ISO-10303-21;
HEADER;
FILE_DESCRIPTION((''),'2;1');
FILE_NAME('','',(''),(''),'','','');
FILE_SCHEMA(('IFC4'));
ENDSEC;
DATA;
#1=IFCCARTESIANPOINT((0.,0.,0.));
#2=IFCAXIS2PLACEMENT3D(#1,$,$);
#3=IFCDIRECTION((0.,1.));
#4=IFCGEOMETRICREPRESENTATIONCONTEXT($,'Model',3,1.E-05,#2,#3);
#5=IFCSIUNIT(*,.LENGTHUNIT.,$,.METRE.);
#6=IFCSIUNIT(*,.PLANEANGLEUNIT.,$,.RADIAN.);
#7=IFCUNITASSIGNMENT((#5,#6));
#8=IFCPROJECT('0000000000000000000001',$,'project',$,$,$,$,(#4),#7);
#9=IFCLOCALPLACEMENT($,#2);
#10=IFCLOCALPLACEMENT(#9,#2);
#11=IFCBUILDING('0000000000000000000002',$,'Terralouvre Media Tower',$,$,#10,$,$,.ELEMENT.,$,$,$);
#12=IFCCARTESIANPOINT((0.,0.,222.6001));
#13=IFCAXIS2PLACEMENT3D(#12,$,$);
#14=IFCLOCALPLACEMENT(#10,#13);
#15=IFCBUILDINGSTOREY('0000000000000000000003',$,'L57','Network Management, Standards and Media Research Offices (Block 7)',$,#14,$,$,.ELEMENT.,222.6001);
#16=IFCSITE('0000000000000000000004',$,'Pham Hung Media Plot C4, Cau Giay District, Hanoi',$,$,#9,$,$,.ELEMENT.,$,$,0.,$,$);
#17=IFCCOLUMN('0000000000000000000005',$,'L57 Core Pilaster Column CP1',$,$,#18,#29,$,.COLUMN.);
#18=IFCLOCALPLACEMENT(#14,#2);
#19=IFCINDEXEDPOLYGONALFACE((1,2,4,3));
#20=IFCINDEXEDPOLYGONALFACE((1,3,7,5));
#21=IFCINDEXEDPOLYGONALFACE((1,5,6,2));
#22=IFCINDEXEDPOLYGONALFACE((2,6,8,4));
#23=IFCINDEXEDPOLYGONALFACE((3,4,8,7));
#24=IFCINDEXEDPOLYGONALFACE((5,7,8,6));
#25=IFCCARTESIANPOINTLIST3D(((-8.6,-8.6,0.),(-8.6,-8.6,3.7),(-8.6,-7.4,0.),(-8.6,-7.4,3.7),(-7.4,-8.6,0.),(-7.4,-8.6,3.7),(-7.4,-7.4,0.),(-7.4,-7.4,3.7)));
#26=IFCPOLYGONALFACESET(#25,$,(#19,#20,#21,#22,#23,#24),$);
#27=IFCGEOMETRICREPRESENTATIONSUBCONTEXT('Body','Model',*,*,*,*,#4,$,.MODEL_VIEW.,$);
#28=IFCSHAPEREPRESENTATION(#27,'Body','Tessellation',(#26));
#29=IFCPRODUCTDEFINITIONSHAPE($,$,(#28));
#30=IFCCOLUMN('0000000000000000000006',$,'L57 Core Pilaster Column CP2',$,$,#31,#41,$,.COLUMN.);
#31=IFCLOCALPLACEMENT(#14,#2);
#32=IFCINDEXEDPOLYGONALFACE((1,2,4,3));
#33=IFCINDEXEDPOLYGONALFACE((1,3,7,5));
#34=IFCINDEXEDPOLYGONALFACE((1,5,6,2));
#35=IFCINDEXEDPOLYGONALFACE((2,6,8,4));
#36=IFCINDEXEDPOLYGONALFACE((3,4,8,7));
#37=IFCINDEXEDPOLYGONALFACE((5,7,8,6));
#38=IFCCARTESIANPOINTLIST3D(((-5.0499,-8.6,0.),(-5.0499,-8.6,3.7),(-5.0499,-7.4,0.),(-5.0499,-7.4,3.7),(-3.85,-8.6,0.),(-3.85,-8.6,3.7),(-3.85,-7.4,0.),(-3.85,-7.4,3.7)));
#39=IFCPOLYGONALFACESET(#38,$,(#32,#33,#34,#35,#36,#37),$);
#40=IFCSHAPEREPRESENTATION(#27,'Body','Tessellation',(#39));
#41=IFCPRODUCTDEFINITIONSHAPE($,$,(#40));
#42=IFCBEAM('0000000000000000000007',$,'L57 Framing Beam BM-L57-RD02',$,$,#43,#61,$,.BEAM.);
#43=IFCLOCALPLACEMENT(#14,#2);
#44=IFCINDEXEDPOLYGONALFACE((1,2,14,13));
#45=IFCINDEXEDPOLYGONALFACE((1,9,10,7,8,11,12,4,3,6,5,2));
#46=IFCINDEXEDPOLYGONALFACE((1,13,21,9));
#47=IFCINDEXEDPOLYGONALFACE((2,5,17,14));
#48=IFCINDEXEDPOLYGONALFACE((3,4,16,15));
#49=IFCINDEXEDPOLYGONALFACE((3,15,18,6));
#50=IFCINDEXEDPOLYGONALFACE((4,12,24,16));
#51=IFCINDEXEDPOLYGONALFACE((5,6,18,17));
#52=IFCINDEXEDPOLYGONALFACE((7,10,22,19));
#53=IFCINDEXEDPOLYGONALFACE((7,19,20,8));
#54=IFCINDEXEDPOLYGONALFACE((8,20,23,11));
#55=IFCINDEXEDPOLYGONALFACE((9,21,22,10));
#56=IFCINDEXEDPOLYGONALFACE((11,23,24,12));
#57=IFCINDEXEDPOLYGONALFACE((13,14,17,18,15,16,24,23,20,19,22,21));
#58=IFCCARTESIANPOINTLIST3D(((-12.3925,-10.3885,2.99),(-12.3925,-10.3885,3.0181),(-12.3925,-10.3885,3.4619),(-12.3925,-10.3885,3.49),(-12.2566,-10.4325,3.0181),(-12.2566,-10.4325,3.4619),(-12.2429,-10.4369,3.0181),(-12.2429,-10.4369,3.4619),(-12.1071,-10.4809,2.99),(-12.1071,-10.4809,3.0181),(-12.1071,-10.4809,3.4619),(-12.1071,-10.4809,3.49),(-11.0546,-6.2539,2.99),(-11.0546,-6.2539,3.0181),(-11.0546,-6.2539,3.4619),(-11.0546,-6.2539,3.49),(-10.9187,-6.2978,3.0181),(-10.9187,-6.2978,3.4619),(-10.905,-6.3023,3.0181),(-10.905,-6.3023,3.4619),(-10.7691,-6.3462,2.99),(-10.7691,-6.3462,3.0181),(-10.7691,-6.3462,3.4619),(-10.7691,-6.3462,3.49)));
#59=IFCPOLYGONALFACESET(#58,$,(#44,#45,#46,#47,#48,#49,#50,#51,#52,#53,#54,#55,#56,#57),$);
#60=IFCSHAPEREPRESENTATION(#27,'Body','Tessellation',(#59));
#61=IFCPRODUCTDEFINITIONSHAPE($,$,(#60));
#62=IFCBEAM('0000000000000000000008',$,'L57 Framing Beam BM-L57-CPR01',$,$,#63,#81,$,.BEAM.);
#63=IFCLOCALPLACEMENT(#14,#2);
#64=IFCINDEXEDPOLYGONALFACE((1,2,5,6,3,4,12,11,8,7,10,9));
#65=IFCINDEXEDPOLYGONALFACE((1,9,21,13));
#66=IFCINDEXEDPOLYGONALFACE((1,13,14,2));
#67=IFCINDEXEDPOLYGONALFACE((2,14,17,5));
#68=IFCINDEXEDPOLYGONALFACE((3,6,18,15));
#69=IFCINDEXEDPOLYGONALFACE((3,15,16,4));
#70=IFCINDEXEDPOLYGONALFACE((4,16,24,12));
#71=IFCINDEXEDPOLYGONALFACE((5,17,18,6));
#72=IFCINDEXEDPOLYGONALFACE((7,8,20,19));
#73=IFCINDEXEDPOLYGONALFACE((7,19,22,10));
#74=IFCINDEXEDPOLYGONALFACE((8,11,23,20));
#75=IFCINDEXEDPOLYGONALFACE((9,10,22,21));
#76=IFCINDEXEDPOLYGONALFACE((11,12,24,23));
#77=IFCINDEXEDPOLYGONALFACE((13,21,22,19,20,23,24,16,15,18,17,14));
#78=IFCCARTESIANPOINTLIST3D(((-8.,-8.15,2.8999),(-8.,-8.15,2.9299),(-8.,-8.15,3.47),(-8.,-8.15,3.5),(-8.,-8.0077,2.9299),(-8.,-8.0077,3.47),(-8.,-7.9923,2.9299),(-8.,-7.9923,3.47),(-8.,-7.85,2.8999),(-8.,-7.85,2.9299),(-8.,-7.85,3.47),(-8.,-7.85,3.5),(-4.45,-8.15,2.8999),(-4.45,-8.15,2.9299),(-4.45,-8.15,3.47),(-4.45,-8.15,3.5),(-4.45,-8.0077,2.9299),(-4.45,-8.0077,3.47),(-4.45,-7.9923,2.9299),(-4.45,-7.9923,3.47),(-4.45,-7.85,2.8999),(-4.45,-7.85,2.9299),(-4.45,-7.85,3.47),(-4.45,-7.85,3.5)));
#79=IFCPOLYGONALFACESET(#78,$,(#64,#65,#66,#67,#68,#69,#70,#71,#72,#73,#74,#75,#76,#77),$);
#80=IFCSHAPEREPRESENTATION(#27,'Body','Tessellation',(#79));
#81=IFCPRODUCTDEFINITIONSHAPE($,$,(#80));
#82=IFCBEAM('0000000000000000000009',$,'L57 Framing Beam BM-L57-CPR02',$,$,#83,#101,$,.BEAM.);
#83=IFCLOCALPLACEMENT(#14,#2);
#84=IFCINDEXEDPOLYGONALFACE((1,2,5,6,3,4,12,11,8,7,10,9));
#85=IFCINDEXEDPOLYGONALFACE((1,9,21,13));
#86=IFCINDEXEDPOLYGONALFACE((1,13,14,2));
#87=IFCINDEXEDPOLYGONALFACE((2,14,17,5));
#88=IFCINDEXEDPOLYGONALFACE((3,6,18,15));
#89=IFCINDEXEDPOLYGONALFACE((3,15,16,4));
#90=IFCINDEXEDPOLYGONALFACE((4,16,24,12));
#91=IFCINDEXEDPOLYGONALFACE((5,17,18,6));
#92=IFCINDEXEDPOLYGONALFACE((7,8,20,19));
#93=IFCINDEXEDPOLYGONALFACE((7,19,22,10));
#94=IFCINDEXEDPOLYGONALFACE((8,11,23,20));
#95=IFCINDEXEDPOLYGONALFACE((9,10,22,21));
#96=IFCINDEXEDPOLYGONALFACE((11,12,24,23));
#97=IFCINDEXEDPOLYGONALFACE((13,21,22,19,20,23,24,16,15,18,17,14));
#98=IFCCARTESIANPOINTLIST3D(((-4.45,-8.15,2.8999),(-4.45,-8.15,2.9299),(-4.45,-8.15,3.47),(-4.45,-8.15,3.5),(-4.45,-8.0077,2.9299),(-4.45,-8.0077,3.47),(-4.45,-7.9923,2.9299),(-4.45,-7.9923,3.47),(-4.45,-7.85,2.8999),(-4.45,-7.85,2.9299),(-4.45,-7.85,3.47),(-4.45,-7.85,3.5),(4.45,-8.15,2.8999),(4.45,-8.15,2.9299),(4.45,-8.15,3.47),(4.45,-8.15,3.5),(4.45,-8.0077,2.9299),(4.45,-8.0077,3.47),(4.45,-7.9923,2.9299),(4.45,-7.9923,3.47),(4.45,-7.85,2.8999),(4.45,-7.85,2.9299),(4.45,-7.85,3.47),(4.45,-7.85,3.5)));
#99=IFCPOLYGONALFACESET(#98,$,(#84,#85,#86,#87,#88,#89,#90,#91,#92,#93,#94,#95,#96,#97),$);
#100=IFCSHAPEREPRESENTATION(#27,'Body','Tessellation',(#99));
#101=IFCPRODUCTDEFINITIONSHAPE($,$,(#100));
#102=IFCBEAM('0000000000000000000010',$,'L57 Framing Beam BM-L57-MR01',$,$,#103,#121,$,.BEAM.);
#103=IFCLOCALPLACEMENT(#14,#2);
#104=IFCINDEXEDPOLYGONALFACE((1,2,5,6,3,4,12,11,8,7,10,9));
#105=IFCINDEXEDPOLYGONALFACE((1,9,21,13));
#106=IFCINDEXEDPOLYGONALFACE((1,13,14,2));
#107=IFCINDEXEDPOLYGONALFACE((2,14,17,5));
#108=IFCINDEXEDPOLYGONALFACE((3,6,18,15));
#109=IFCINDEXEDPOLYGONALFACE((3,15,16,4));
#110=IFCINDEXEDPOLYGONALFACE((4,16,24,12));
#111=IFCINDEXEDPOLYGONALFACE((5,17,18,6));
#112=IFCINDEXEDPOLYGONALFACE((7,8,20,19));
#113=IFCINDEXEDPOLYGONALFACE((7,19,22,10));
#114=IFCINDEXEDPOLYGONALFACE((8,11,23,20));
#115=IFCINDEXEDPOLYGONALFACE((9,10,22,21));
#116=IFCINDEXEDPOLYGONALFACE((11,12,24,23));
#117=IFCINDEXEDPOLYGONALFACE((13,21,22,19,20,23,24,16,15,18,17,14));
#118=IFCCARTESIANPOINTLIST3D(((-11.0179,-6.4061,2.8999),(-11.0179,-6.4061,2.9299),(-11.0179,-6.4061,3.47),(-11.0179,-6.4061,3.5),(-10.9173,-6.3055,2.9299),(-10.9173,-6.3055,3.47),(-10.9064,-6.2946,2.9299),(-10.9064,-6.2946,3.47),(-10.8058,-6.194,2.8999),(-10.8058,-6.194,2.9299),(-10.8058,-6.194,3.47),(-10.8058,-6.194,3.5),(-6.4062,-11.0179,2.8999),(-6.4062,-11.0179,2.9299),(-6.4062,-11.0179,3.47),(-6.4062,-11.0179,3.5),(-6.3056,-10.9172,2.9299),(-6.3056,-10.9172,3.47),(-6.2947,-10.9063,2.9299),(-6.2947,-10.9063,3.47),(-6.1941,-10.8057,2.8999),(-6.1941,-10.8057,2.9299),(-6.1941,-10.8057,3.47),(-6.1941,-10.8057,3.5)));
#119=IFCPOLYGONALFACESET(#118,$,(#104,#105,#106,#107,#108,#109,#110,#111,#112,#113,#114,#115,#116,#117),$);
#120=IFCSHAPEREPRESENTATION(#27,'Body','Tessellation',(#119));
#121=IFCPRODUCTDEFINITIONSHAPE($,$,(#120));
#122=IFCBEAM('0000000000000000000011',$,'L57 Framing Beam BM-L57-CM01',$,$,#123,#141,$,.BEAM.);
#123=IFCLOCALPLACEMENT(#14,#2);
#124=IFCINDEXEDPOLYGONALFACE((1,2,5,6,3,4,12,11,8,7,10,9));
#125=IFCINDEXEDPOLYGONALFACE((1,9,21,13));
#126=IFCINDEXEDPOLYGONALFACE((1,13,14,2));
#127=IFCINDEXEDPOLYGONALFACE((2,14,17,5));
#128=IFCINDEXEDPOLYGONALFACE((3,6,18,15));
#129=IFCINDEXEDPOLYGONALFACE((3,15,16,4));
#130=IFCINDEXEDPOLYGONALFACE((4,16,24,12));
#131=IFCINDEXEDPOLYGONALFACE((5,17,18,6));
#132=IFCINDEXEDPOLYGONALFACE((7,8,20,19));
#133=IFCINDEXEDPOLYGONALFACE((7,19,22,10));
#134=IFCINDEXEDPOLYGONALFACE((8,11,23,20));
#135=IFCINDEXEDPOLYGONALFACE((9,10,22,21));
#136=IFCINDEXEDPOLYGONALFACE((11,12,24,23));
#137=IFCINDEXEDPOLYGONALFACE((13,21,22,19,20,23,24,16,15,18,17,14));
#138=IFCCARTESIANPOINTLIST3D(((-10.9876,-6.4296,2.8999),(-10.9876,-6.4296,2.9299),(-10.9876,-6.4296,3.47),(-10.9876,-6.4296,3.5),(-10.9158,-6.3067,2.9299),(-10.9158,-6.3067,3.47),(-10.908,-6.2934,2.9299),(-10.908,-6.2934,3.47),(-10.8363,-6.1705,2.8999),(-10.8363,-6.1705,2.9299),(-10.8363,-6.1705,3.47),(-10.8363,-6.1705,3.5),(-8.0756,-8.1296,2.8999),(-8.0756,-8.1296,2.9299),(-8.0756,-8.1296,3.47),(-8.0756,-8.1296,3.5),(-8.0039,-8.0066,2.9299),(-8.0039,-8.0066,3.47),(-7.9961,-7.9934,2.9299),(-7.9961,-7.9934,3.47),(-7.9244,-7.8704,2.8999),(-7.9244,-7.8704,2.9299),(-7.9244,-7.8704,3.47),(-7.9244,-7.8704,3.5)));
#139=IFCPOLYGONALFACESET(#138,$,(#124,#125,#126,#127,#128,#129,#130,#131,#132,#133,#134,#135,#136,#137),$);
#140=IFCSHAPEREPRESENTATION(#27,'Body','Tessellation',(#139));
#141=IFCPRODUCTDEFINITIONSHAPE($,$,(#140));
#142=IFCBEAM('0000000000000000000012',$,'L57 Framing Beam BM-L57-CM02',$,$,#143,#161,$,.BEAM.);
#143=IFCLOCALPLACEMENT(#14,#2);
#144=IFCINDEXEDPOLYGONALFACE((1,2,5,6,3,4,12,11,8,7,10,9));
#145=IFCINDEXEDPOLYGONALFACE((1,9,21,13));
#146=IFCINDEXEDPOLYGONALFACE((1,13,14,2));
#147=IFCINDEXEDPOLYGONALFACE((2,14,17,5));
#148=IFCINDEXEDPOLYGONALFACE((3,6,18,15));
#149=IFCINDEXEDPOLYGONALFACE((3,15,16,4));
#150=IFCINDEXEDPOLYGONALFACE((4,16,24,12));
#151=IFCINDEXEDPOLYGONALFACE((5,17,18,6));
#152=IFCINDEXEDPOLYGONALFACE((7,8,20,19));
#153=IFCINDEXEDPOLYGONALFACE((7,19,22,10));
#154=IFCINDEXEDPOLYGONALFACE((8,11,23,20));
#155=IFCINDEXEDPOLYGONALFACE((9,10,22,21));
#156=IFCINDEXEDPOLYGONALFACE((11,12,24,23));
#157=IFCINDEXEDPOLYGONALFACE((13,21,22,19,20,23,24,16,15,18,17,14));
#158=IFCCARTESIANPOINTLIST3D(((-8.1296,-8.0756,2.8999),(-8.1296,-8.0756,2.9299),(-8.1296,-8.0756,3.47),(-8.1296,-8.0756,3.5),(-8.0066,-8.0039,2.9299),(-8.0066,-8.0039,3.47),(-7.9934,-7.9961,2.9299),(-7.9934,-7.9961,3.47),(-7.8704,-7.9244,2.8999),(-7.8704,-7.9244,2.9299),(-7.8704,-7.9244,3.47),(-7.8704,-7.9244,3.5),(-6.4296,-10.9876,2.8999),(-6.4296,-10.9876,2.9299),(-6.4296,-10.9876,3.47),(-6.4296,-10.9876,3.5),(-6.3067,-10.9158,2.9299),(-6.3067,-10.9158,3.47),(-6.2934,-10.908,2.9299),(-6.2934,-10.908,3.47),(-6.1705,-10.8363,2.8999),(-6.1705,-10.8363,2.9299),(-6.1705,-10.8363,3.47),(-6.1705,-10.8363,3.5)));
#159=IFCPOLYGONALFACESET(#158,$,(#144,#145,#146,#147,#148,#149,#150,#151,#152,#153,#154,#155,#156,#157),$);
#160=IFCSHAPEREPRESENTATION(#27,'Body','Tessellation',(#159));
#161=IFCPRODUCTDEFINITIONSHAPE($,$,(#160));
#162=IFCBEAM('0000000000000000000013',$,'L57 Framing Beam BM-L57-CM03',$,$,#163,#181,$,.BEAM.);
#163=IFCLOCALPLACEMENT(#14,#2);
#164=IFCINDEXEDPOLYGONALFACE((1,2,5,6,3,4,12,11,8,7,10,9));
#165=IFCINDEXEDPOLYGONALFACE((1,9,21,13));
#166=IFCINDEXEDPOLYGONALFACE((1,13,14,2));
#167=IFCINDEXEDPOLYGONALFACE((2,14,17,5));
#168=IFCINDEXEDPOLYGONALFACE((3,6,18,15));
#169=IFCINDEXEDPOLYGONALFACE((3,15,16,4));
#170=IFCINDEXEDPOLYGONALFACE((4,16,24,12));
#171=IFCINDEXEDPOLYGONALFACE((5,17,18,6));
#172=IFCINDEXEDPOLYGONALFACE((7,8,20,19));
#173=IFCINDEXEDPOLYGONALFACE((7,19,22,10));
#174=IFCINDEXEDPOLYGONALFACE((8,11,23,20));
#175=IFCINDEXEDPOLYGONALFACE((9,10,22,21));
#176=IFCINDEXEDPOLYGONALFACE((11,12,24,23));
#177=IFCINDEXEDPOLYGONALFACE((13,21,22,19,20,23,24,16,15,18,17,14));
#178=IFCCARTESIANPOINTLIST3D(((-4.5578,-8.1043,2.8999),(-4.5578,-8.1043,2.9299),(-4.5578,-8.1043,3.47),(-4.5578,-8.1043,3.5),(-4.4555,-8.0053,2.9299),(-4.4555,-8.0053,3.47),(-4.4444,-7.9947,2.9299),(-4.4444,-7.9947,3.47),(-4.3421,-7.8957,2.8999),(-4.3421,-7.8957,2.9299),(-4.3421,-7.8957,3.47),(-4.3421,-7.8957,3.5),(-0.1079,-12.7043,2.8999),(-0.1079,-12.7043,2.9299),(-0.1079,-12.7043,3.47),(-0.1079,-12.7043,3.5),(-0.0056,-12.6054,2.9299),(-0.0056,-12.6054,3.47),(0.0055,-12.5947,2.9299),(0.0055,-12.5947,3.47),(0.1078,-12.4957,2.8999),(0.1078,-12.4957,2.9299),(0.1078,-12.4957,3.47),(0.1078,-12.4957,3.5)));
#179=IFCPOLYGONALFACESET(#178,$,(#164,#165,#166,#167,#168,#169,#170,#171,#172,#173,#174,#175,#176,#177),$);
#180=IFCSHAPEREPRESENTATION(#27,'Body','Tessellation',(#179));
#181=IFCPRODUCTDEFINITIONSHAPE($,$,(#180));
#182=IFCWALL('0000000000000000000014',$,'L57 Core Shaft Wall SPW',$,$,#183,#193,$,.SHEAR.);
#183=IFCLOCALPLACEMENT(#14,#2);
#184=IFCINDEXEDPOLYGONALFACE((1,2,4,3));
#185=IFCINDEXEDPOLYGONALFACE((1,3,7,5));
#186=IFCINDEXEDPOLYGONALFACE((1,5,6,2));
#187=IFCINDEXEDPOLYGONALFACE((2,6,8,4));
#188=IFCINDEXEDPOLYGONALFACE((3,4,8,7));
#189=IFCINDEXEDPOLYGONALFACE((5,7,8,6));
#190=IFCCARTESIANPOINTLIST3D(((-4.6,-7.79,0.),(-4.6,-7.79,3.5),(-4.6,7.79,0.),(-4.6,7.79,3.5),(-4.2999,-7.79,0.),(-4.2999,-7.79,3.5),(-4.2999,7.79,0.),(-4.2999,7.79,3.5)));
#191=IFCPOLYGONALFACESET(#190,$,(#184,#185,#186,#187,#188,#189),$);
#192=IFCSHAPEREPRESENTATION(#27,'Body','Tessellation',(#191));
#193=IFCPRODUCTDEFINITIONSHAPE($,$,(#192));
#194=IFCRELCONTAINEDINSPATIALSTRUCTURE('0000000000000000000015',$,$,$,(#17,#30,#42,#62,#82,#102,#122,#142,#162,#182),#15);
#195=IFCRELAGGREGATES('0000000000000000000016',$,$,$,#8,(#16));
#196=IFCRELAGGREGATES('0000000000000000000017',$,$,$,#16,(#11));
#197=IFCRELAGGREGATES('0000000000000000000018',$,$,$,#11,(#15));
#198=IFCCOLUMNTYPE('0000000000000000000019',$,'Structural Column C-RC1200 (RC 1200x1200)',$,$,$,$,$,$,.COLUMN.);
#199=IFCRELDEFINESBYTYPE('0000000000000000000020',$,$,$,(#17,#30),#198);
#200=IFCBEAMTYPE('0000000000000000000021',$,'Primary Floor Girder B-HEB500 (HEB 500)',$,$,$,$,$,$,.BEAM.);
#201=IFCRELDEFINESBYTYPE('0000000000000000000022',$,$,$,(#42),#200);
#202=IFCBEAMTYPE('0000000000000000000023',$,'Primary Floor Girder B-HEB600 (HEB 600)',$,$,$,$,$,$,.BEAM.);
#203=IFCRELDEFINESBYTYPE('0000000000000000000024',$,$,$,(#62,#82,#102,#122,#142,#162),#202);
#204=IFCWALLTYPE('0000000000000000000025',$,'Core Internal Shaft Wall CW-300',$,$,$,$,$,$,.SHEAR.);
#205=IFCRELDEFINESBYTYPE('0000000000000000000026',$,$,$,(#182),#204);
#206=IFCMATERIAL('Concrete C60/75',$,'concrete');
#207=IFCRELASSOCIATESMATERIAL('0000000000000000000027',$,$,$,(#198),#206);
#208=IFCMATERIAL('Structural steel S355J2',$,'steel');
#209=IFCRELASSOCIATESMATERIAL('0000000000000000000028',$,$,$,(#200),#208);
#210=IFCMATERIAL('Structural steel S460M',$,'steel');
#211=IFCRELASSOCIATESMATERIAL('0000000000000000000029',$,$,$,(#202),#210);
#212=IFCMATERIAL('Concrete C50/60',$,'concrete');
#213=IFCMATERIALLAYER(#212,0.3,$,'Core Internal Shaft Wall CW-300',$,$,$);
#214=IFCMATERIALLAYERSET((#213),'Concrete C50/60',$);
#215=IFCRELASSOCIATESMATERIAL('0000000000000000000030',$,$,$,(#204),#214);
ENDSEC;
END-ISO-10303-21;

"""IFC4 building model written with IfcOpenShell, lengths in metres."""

from ifc_helpers import new_model, si_unit, direction, frame, frame_2d, origin, origin_2d, place, context, subcontext, project, spatial, rectangle, i_section, extrude, material, layer, layer_set, material_profile, profile_set, type_object, element, save


model = new_model("IFC4")

# Units and contexts
model_context = context("Model", 3, precision=1e-05, world=origin(), true_north=direction((0.0, 1.0)))
body_context = subcontext(model_context, "Body", "Model", "MODEL_VIEW")
ifc_project = project(units=[si_unit("LENGTHUNIT", "METRE"), si_unit("PLANEANGLEUNIT", "RADIAN")], contexts=[model_context])

# Site, building, storey
site_placement = place(None, origin())
site = spatial("IfcSite", under=ifc_project, at=site_placement, Name="Pham Hung Media Plot C4, Cau Giay District, Hanoi", CompositionType="ELEMENT", RefElevation=0.0)
building_placement = place(site_placement, origin())
building = spatial("IfcBuilding", under=site, at=building_placement, Name="Terralouvre Media Tower", CompositionType="ELEMENT")
storey_placement = place(building_placement, frame((0.0, 0.0, 222.6001)))
storey = spatial("IfcBuildingStorey", under=building, at=storey_placement, Name="L57", Description="Network Management, Standards and Media Research Offices (Block 7)", CompositionType="ELEMENT", Elevation=222.6001)

# Columns
ifc_material_1 = material(Name="Concrete C60/75", Category="concrete")
ifc_material_profile_1 = material_profile(ifc_material_1, rectangle(XDim=1.2, YDim=1.2, at=origin_2d()), Name="RC 1200x1200")
ifc_profile_set_1 = profile_set([ifc_material_profile_1], Name="Concrete C60/75")
column_type = type_object("IfcColumnType", Name="Structural Column C-RC1200 (RC 1200x1200)", PredefinedType="COLUMN", material=ifc_profile_set_1)
for number, where, z_axis, x_axis, name in (
    (1, (-8.0, -8.0, 0.0), (0.0, 0.0, 1.0), (1.0, 0.0, 0.0), "L57 Core Pilaster Column CP1"),
    (2, (-4.45, -8.0, 0.0), (0.0, 0.0, 1.0), (1.0, 0.0, 0.0), "L57 Core Pilaster Column CP2"),
):
    element("IfcColumn", number, at=place(storey_placement, frame(where, z_axis=z_axis, x_axis=x_axis)), inside=storey, type_object=column_type, Name=name, PredefinedType="COLUMN", context=body_context, shape_type="SweptSolid", body=[
        extrude(rectangle(XDim=1.2, YDim=1.2, at=origin_2d()), origin(), (0.0, 0.0, 1.0), 3.7),
    ])

# Beams
ifc_material_2 = material(Name="Structural steel S355J2", Category="steel")
ifc_material_profile_2 = material_profile(ifc_material_2, i_section(OverallWidth=0.3, OverallDepth=0.5, WebThickness=0.0144, FlangeThickness=0.0281, at=origin_2d()), Name="HEB 500")
ifc_profile_set_2 = profile_set([ifc_material_profile_2], Name="Structural steel S355J2")
beam_type_1 = type_object("IfcBeamType", Name="Primary Floor Girder B-HEB500 (HEB 500)", PredefinedType="BEAM", material=ifc_profile_set_2)
beam_1_placement = place(storey_placement, frame((-10.9119, -6.3, 3.24), z_axis=(-0.307873, -0.951428, 0.0), x_axis=(0.951428, -0.307873, 0.0)))
element("IfcBeam", 3, at=beam_1_placement, inside=storey, type_object=beam_type_1, Name="L57 Framing Beam BM-L57-RD02", PredefinedType="BEAM", context=body_context, shape_type="SweptSolid", body=[
    extrude(i_section(OverallWidth=0.3, OverallDepth=0.5, WebThickness=0.0144, FlangeThickness=0.0281, at=origin_2d()), origin(), (0.0, 0.0, 1.0), 4.3457),
])
ifc_material_3 = material(Name="Structural steel S460M", Category="steel")
ifc_material_profile_3 = material_profile(ifc_material_3, i_section(OverallWidth=0.3, OverallDepth=0.6001, WebThickness=0.0154, FlangeThickness=0.03, at=origin_2d()), Name="HEB 600")
ifc_profile_set_3 = profile_set([ifc_material_profile_3], Name="Structural steel S460M")
beam_type_2 = type_object("IfcBeamType", Name="Primary Floor Girder B-HEB600 (HEB 600)", PredefinedType="BEAM", material=ifc_profile_set_3)
beam_2_placement = place(storey_placement, frame((-8.0, -8.0, 3.2), z_axis=(1.0, 0.0, 0.0), x_axis=(0.0, 1.0, 0.0)))
element("IfcBeam", 4, at=beam_2_placement, inside=storey, type_object=beam_type_2, Name="L57 Framing Beam BM-L57-CPR01", PredefinedType="BEAM", context=body_context, shape_type="SweptSolid", body=[
    extrude(i_section(OverallWidth=0.3, OverallDepth=0.6001, WebThickness=0.0154, FlangeThickness=0.03, at=origin_2d()), origin(), (0.0, 0.0, 1.0), 3.55),
])
beam_3_placement = place(storey_placement, frame((-4.45, -8.0, 3.2), z_axis=(1.0, 0.0, 0.0), x_axis=(0.0, 1.0, 0.0)))
element("IfcBeam", 5, at=beam_3_placement, inside=storey, type_object=beam_type_2, Name="L57 Framing Beam BM-L57-CPR02", PredefinedType="BEAM", context=body_context, shape_type="SweptSolid", body=[
    extrude(i_section(OverallWidth=0.3, OverallDepth=0.6001, WebThickness=0.0154, FlangeThickness=0.03, at=origin_2d()), origin(), (0.0, 0.0, 1.0), 8.8999),
])
beam_4_placement = place(storey_placement, frame((-10.9119, -6.3, 3.2), z_axis=(0.707107, -0.707107, 0.0), x_axis=(0.707107, 0.707107, 0.0)))
element("IfcBeam", 6, at=beam_4_placement, inside=storey, type_object=beam_type_2, Name="L57 Framing Beam BM-L57-MR01", PredefinedType="BEAM", context=body_context, shape_type="SweptSolid", body=[
    extrude(i_section(OverallWidth=0.3, OverallDepth=0.6001, WebThickness=0.0154, FlangeThickness=0.03, at=origin_2d()), origin(), (0.0, 0.0, 1.0), 6.522),
])
for number, where, z_axis, x_axis, name in (
    (7, (-8.0, -8.0, 3.2), (-0.863603, 0.504173, 0.0), (-0.504173, -0.863603, 0.0), "L57 Framing Beam BM-L57-CM01"),
    (8, (-8.0, -8.0, 3.2), (0.504173, -0.863603, 0.0), (0.863603, 0.504173, 0.0), "L57 Framing Beam BM-L57-CM02"),
):
    element("IfcBeam", number, at=place(storey_placement, frame(where, z_axis=z_axis, x_axis=x_axis)), inside=storey, type_object=beam_type_2, Name=name, PredefinedType="BEAM", context=body_context, shape_type="SweptSolid", body=[
        extrude(i_section(OverallWidth=0.3, OverallDepth=0.6001, WebThickness=0.0154, FlangeThickness=0.03, at=origin_2d()), origin(), (0.0, 0.0, 1.0), 3.3718),
    ])
beam_5_placement = place(storey_placement, frame((-4.45, -8.0, 3.2), z_axis=(0.69528, -0.718739, 0.0), x_axis=(0.718739, 0.69528, 0.0)))
element("IfcBeam", 9, at=beam_5_placement, inside=storey, type_object=beam_type_2, Name="L57 Framing Beam BM-L57-CM03", PredefinedType="BEAM", context=body_context, shape_type="SweptSolid", body=[
    extrude(i_section(OverallWidth=0.3, OverallDepth=0.6001, WebThickness=0.0154, FlangeThickness=0.03, at=origin_2d()), origin(), (0.0, 0.0, 1.0), 6.4001),
])

# Wall
ifc_material_4 = material(Name="Concrete C50/60", Category="concrete")
ifc_layer_1 = layer(ifc_material_4, 0.3, Name="Core Internal Shaft Wall CW-300")
ifc_layer_set_1 = layer_set([ifc_layer_1], Name="Concrete C50/60")
wall_type_1 = type_object("IfcWallType", Name="Core Internal Shaft Wall CW-300", PredefinedType="SHEAR", material=ifc_layer_set_1)
wall_1_placement = place(storey_placement, frame((-4.45, -7.79, 0.0), z_axis=(0.0, 0.0, 1.0), x_axis=(0.0, 1.0, 0.0)))
element("IfcWall", 10, at=wall_1_placement, inside=storey, type_object=wall_type_1, Name="L57 Core Shaft Wall SPW", PredefinedType="SHEAR", context=body_context, shape_type="SweptSolid", body=[
    extrude(rectangle(XDim=15.5801, YDim=0.3, at=frame_2d((7.79, 0.0))), origin(), (0.0, 0.0, 1.0), 3.5),
])

save(model, "model.ifc")
